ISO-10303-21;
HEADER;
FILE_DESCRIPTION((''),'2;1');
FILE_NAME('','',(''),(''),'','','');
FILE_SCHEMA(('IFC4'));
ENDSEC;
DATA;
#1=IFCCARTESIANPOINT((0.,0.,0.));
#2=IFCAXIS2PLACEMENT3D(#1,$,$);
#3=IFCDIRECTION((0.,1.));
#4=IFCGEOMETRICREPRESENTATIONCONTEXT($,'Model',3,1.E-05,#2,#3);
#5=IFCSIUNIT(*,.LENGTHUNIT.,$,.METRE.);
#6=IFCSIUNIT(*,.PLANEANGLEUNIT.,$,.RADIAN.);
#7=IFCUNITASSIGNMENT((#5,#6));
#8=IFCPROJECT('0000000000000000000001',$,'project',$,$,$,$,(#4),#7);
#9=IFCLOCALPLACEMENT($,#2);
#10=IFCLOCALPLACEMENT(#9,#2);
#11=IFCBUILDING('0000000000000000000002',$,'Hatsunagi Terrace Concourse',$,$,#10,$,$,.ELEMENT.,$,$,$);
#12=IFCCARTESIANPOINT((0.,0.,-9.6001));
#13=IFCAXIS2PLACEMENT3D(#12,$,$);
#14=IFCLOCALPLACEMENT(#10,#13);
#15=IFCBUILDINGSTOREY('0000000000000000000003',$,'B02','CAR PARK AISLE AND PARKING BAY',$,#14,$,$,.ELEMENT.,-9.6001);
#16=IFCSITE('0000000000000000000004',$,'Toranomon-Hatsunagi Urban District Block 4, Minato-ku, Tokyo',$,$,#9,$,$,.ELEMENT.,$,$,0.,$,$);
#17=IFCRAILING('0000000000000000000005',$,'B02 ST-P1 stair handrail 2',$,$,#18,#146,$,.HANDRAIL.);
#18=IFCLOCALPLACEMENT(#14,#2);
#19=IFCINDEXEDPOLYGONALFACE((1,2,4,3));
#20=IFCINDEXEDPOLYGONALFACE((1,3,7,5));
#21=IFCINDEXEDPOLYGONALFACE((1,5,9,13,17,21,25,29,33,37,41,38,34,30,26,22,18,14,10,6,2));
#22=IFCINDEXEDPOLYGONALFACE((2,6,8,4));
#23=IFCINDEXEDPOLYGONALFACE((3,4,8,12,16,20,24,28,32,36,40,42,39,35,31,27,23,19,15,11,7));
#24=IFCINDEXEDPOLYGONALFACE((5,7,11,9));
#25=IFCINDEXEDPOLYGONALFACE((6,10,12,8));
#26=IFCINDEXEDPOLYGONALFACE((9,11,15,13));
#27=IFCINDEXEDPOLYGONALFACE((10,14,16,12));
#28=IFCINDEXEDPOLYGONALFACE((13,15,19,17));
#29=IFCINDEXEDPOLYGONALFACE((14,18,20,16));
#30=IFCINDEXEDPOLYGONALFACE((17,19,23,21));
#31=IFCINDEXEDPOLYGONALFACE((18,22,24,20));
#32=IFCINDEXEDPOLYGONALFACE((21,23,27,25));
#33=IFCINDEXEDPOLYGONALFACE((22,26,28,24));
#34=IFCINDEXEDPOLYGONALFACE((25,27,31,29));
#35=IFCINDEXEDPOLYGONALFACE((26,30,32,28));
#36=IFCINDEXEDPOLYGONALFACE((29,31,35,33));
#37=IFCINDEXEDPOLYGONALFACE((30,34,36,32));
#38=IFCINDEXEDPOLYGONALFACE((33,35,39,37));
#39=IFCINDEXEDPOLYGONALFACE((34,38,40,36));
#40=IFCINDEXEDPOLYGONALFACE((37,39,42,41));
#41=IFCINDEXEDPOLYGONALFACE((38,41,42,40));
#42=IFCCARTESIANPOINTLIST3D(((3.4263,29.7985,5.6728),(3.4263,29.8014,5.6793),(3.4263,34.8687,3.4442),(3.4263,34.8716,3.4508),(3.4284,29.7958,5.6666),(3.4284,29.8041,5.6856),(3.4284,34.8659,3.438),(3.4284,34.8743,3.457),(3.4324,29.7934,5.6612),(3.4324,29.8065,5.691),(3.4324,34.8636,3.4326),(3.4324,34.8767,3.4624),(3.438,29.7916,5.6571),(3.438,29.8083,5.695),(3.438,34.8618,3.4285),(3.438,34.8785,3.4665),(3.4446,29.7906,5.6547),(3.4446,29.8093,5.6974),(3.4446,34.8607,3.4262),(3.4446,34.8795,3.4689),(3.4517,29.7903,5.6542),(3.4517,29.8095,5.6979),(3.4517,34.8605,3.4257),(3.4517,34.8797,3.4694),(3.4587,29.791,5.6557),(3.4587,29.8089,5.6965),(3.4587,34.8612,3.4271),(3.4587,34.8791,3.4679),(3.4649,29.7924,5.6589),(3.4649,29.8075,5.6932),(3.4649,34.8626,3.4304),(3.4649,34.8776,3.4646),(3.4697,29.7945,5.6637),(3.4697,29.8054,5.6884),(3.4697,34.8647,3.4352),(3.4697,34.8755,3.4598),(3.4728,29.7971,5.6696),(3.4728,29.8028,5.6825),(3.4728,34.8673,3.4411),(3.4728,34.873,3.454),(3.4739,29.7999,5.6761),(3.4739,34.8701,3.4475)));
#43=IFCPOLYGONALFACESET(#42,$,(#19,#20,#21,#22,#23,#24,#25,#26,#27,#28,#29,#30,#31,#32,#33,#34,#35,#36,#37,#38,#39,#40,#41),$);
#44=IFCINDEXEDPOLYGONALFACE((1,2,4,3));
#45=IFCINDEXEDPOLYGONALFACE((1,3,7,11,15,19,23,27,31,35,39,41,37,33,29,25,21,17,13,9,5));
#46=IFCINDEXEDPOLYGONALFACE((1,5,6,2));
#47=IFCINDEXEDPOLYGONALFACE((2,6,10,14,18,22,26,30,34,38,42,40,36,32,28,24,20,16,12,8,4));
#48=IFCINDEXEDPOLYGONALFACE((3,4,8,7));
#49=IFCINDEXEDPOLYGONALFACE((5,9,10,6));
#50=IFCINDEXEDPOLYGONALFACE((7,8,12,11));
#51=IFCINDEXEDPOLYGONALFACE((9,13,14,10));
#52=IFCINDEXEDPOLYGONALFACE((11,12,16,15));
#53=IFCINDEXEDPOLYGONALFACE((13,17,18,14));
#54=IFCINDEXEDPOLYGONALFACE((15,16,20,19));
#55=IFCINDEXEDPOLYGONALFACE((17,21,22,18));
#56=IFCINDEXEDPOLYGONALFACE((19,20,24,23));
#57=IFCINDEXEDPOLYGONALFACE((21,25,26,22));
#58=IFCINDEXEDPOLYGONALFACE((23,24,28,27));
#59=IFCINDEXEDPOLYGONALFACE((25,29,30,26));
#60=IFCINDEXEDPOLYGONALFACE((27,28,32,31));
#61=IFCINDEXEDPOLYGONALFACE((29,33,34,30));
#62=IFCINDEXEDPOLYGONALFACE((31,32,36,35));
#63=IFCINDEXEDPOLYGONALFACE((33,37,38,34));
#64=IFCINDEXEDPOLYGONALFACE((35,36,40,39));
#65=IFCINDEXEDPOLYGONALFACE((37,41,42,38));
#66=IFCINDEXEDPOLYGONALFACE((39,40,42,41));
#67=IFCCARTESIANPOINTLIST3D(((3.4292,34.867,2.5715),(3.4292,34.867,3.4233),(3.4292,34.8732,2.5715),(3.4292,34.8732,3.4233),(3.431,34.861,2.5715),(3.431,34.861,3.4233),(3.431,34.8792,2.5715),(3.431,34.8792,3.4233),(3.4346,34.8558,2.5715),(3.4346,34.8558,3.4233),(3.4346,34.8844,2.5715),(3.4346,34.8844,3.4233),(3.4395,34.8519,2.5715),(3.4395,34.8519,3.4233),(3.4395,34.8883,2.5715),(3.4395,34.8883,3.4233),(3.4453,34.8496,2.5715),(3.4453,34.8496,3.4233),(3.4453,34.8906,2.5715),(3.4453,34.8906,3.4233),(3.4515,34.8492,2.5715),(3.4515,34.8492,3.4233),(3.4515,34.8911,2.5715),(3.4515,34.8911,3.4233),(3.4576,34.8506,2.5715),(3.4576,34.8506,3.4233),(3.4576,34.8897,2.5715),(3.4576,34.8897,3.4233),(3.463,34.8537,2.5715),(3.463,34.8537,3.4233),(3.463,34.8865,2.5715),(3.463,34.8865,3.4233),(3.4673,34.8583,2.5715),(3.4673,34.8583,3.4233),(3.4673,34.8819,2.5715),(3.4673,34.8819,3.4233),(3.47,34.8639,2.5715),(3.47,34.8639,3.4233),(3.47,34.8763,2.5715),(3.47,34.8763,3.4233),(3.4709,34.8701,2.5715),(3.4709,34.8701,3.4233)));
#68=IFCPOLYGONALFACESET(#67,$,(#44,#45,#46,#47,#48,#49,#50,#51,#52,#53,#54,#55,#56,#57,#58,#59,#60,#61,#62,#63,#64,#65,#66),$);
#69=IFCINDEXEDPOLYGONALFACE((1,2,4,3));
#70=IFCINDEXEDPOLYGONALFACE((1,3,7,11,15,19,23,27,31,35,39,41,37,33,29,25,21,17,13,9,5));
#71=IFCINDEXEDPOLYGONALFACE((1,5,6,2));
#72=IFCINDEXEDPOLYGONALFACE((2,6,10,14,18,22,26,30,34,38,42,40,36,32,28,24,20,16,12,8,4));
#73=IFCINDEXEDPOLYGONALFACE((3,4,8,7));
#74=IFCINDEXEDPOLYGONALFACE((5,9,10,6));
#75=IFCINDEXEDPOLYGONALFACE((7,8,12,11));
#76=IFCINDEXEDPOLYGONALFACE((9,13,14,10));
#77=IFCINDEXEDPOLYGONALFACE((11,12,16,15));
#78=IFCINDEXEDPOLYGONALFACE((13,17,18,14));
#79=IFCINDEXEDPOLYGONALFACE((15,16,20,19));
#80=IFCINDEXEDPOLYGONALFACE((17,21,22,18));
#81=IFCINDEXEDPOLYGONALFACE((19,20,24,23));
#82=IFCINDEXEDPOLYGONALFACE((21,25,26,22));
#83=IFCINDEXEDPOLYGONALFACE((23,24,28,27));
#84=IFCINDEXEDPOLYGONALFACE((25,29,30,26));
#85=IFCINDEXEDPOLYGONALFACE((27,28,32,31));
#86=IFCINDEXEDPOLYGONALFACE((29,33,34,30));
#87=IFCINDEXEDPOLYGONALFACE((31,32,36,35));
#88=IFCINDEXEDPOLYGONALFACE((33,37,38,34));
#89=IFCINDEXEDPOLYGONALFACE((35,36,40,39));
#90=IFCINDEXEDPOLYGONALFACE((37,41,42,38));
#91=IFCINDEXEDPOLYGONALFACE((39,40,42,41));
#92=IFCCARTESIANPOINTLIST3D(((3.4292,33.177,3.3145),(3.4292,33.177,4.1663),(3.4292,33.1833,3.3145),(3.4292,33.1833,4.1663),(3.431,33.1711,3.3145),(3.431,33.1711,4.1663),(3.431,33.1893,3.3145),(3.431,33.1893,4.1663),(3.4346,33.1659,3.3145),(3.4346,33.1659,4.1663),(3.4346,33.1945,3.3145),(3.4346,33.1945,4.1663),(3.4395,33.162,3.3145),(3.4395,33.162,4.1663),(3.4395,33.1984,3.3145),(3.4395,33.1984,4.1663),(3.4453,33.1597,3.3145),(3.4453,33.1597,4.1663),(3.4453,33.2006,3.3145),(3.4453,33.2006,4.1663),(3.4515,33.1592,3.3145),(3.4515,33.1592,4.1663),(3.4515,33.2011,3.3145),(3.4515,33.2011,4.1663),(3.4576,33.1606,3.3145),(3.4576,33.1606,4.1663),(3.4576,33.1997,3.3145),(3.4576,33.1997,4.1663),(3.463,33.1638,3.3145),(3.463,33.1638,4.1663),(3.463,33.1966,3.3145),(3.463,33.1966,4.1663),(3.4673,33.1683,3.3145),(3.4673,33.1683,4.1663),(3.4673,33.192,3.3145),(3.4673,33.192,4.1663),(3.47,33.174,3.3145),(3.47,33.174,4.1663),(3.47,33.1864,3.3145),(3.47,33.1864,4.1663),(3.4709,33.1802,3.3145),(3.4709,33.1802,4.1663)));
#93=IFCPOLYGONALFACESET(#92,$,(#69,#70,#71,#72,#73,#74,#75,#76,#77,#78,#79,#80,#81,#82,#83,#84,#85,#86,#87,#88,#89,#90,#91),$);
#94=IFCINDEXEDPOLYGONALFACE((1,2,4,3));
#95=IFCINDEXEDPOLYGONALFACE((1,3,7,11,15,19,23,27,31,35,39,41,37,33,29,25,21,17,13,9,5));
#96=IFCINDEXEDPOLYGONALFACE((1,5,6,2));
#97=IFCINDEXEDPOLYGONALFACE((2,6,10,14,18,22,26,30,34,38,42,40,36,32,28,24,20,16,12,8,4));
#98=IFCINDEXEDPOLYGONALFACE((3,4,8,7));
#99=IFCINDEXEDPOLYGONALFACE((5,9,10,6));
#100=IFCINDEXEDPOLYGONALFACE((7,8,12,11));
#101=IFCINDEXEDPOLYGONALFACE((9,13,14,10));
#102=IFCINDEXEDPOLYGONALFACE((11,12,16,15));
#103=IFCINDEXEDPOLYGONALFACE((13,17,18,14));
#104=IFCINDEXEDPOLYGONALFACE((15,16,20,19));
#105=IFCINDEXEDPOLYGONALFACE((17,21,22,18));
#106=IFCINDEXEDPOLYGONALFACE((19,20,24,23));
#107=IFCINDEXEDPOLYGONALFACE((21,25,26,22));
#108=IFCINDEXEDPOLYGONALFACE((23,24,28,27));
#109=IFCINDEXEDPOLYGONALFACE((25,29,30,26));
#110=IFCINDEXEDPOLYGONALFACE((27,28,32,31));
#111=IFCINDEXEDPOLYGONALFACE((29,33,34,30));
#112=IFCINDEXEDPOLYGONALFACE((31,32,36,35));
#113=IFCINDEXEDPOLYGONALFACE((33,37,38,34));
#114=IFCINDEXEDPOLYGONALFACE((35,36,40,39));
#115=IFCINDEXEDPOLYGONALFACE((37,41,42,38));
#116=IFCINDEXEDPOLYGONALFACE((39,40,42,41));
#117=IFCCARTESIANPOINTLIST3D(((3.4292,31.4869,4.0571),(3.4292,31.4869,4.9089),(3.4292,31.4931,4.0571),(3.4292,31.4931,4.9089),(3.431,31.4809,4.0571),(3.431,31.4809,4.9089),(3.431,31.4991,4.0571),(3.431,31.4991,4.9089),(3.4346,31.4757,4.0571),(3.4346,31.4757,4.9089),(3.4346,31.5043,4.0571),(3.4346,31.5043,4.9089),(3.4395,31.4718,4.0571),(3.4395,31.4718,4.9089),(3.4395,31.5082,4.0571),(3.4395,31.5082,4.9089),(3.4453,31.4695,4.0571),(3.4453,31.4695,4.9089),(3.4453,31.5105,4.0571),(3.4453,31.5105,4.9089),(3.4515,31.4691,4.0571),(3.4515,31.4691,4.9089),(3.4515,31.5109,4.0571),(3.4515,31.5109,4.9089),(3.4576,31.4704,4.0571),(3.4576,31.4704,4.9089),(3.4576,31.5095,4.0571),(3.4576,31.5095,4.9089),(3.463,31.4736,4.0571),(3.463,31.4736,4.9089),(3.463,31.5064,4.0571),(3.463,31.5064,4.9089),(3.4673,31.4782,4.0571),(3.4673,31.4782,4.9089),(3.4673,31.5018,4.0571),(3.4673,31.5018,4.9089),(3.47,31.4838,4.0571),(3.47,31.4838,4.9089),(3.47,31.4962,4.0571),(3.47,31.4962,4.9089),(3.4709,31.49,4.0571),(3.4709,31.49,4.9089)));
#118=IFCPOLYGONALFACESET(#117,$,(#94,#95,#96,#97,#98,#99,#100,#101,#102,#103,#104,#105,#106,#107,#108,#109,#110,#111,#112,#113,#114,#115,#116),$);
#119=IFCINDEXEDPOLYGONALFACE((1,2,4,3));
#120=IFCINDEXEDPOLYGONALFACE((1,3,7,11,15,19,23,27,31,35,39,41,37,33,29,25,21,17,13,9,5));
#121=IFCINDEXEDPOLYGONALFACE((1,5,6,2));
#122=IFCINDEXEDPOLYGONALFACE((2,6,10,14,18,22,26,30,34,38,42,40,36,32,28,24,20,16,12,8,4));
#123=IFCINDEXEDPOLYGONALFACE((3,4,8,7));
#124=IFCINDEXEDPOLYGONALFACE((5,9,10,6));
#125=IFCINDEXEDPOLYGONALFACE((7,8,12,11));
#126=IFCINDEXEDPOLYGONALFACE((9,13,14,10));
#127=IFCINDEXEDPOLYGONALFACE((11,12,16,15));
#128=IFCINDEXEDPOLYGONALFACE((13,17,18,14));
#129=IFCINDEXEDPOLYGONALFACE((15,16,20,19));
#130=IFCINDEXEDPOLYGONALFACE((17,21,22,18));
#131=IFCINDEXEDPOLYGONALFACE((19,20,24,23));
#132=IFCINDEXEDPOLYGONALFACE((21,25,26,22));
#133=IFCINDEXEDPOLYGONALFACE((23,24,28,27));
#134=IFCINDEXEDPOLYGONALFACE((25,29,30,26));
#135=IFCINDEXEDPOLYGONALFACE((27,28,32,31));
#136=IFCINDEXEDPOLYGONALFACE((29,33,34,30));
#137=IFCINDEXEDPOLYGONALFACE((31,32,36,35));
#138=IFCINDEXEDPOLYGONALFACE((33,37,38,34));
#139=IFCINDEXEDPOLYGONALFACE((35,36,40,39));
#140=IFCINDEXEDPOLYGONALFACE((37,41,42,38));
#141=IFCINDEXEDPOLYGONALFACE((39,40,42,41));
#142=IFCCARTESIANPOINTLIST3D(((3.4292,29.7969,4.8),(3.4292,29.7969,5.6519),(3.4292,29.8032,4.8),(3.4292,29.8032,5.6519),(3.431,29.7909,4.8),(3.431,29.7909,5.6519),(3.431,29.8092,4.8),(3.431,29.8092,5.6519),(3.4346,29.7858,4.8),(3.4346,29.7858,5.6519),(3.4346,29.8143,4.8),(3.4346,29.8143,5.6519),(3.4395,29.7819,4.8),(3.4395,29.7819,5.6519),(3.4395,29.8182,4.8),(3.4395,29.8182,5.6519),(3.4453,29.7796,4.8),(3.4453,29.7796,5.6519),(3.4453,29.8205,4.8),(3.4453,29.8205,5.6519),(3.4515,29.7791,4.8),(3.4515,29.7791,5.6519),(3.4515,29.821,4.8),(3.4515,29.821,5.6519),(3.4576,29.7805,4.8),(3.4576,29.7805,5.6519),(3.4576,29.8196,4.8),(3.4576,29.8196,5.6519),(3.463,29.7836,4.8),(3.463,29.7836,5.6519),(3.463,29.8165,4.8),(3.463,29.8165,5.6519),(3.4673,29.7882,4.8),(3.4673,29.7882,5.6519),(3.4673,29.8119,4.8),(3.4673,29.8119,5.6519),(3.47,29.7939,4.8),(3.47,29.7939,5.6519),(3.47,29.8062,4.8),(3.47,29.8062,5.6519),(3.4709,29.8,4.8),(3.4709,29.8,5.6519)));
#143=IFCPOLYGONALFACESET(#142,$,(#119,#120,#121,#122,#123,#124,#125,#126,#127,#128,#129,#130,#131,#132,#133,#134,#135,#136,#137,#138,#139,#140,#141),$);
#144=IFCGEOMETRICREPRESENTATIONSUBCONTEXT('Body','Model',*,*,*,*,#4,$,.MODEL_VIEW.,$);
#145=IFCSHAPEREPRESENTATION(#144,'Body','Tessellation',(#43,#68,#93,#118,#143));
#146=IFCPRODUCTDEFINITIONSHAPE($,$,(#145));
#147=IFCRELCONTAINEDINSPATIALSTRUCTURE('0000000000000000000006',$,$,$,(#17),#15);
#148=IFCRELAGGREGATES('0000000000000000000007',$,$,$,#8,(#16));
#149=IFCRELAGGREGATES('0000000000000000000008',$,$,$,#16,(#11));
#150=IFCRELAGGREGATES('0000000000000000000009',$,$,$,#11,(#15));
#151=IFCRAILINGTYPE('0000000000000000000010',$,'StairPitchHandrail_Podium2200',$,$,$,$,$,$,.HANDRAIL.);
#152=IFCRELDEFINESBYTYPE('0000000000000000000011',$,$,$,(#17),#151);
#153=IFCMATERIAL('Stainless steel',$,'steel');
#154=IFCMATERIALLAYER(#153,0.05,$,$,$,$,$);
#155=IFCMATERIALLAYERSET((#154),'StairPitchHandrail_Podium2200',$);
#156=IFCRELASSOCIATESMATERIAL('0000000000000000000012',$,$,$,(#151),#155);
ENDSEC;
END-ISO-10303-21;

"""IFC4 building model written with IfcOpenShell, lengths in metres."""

from ifc_helpers import new_model, si_unit, direction, frame, origin, origin_2d, place, context, subcontext, project, spatial, circle, extrude, material, layer, layer_set, type_object, element, save


model = new_model("IFC4")

# Units and contexts
model_context = context("Model", 3, precision=1e-05, world=origin(), true_north=direction((0.0, 1.0)))
body_context = subcontext(model_context, "Body", "Model", "MODEL_VIEW")
ifc_project = project(units=[si_unit("LENGTHUNIT", "METRE"), si_unit("PLANEANGLEUNIT", "RADIAN")], contexts=[model_context])

# Site, building, storey
site_placement = place(None, origin())
site = spatial("IfcSite", under=ifc_project, at=site_placement, Name="Toranomon-Hatsunagi Urban District Block 4, Minato-ku, Tokyo", CompositionType="ELEMENT", RefElevation=0.0)
building_placement = place(site_placement, origin())
building = spatial("IfcBuilding", under=site, at=building_placement, Name="Hatsunagi Terrace Concourse", CompositionType="ELEMENT")
storey_placement = place(building_placement, frame((0.0, 0.0, -9.6001)))
storey = spatial("IfcBuildingStorey", under=building, at=storey_placement, Name="B02", Description="CAR PARK AISLE AND PARKING BAY", CompositionType="ELEMENT", Elevation=-9.6001)

# Railing
ifc_material_1 = material(Name="Stainless steel", Category="steel")
ifc_layer_1 = layer(ifc_material_1, 0.05)
ifc_layer_set_1 = layer_set([ifc_layer_1], Name="StairPitchHandrail_Podium2200")
railing_type_1 = type_object("IfcRailingType", Name="StairPitchHandrail_Podium2200", PredefinedType="HANDRAIL", material=ifc_layer_set_1)
railing_1_placement = place(storey_placement, frame((3.45, 34.8701, 2.5715)))
element("IfcRailing", 1, at=railing_1_placement, inside=storey, type_object=railing_type_1, Name="B02 ST-P1 stair handrail 2", PredefinedType="HANDRAIL", context=body_context, shape_type="SweptSolid", body=[
    extrude(circle(Radius=0.0239, at=origin_2d()), frame((0.0, 0.0, 0.876), z_axis=(0.0, -0.915469, 0.402388), x_axis=(1.0, 0.0, 0.0)), (0.0, 0.0, 1.0), 5.5383),
    extrude(circle(Radius=0.021, at=origin_2d()), origin(), (0.0, 0.0, 1.0), 0.8518),
    extrude(circle(Radius=0.021, at=origin_2d()), frame((0.0, -1.6899, 0.7429)), (0.0, 0.0, 1.0), 0.8518),
    extrude(circle(Radius=0.021, at=origin_2d()), frame((0.0, -3.3801, 1.4856)), (0.0, 0.0, 1.0), 0.8518),
    extrude(circle(Radius=0.021, at=origin_2d()), frame((0.0, -5.0701, 2.2285)), (0.0, 0.0, 1.0), 0.8518),
])

save(model, "model.ifc")
